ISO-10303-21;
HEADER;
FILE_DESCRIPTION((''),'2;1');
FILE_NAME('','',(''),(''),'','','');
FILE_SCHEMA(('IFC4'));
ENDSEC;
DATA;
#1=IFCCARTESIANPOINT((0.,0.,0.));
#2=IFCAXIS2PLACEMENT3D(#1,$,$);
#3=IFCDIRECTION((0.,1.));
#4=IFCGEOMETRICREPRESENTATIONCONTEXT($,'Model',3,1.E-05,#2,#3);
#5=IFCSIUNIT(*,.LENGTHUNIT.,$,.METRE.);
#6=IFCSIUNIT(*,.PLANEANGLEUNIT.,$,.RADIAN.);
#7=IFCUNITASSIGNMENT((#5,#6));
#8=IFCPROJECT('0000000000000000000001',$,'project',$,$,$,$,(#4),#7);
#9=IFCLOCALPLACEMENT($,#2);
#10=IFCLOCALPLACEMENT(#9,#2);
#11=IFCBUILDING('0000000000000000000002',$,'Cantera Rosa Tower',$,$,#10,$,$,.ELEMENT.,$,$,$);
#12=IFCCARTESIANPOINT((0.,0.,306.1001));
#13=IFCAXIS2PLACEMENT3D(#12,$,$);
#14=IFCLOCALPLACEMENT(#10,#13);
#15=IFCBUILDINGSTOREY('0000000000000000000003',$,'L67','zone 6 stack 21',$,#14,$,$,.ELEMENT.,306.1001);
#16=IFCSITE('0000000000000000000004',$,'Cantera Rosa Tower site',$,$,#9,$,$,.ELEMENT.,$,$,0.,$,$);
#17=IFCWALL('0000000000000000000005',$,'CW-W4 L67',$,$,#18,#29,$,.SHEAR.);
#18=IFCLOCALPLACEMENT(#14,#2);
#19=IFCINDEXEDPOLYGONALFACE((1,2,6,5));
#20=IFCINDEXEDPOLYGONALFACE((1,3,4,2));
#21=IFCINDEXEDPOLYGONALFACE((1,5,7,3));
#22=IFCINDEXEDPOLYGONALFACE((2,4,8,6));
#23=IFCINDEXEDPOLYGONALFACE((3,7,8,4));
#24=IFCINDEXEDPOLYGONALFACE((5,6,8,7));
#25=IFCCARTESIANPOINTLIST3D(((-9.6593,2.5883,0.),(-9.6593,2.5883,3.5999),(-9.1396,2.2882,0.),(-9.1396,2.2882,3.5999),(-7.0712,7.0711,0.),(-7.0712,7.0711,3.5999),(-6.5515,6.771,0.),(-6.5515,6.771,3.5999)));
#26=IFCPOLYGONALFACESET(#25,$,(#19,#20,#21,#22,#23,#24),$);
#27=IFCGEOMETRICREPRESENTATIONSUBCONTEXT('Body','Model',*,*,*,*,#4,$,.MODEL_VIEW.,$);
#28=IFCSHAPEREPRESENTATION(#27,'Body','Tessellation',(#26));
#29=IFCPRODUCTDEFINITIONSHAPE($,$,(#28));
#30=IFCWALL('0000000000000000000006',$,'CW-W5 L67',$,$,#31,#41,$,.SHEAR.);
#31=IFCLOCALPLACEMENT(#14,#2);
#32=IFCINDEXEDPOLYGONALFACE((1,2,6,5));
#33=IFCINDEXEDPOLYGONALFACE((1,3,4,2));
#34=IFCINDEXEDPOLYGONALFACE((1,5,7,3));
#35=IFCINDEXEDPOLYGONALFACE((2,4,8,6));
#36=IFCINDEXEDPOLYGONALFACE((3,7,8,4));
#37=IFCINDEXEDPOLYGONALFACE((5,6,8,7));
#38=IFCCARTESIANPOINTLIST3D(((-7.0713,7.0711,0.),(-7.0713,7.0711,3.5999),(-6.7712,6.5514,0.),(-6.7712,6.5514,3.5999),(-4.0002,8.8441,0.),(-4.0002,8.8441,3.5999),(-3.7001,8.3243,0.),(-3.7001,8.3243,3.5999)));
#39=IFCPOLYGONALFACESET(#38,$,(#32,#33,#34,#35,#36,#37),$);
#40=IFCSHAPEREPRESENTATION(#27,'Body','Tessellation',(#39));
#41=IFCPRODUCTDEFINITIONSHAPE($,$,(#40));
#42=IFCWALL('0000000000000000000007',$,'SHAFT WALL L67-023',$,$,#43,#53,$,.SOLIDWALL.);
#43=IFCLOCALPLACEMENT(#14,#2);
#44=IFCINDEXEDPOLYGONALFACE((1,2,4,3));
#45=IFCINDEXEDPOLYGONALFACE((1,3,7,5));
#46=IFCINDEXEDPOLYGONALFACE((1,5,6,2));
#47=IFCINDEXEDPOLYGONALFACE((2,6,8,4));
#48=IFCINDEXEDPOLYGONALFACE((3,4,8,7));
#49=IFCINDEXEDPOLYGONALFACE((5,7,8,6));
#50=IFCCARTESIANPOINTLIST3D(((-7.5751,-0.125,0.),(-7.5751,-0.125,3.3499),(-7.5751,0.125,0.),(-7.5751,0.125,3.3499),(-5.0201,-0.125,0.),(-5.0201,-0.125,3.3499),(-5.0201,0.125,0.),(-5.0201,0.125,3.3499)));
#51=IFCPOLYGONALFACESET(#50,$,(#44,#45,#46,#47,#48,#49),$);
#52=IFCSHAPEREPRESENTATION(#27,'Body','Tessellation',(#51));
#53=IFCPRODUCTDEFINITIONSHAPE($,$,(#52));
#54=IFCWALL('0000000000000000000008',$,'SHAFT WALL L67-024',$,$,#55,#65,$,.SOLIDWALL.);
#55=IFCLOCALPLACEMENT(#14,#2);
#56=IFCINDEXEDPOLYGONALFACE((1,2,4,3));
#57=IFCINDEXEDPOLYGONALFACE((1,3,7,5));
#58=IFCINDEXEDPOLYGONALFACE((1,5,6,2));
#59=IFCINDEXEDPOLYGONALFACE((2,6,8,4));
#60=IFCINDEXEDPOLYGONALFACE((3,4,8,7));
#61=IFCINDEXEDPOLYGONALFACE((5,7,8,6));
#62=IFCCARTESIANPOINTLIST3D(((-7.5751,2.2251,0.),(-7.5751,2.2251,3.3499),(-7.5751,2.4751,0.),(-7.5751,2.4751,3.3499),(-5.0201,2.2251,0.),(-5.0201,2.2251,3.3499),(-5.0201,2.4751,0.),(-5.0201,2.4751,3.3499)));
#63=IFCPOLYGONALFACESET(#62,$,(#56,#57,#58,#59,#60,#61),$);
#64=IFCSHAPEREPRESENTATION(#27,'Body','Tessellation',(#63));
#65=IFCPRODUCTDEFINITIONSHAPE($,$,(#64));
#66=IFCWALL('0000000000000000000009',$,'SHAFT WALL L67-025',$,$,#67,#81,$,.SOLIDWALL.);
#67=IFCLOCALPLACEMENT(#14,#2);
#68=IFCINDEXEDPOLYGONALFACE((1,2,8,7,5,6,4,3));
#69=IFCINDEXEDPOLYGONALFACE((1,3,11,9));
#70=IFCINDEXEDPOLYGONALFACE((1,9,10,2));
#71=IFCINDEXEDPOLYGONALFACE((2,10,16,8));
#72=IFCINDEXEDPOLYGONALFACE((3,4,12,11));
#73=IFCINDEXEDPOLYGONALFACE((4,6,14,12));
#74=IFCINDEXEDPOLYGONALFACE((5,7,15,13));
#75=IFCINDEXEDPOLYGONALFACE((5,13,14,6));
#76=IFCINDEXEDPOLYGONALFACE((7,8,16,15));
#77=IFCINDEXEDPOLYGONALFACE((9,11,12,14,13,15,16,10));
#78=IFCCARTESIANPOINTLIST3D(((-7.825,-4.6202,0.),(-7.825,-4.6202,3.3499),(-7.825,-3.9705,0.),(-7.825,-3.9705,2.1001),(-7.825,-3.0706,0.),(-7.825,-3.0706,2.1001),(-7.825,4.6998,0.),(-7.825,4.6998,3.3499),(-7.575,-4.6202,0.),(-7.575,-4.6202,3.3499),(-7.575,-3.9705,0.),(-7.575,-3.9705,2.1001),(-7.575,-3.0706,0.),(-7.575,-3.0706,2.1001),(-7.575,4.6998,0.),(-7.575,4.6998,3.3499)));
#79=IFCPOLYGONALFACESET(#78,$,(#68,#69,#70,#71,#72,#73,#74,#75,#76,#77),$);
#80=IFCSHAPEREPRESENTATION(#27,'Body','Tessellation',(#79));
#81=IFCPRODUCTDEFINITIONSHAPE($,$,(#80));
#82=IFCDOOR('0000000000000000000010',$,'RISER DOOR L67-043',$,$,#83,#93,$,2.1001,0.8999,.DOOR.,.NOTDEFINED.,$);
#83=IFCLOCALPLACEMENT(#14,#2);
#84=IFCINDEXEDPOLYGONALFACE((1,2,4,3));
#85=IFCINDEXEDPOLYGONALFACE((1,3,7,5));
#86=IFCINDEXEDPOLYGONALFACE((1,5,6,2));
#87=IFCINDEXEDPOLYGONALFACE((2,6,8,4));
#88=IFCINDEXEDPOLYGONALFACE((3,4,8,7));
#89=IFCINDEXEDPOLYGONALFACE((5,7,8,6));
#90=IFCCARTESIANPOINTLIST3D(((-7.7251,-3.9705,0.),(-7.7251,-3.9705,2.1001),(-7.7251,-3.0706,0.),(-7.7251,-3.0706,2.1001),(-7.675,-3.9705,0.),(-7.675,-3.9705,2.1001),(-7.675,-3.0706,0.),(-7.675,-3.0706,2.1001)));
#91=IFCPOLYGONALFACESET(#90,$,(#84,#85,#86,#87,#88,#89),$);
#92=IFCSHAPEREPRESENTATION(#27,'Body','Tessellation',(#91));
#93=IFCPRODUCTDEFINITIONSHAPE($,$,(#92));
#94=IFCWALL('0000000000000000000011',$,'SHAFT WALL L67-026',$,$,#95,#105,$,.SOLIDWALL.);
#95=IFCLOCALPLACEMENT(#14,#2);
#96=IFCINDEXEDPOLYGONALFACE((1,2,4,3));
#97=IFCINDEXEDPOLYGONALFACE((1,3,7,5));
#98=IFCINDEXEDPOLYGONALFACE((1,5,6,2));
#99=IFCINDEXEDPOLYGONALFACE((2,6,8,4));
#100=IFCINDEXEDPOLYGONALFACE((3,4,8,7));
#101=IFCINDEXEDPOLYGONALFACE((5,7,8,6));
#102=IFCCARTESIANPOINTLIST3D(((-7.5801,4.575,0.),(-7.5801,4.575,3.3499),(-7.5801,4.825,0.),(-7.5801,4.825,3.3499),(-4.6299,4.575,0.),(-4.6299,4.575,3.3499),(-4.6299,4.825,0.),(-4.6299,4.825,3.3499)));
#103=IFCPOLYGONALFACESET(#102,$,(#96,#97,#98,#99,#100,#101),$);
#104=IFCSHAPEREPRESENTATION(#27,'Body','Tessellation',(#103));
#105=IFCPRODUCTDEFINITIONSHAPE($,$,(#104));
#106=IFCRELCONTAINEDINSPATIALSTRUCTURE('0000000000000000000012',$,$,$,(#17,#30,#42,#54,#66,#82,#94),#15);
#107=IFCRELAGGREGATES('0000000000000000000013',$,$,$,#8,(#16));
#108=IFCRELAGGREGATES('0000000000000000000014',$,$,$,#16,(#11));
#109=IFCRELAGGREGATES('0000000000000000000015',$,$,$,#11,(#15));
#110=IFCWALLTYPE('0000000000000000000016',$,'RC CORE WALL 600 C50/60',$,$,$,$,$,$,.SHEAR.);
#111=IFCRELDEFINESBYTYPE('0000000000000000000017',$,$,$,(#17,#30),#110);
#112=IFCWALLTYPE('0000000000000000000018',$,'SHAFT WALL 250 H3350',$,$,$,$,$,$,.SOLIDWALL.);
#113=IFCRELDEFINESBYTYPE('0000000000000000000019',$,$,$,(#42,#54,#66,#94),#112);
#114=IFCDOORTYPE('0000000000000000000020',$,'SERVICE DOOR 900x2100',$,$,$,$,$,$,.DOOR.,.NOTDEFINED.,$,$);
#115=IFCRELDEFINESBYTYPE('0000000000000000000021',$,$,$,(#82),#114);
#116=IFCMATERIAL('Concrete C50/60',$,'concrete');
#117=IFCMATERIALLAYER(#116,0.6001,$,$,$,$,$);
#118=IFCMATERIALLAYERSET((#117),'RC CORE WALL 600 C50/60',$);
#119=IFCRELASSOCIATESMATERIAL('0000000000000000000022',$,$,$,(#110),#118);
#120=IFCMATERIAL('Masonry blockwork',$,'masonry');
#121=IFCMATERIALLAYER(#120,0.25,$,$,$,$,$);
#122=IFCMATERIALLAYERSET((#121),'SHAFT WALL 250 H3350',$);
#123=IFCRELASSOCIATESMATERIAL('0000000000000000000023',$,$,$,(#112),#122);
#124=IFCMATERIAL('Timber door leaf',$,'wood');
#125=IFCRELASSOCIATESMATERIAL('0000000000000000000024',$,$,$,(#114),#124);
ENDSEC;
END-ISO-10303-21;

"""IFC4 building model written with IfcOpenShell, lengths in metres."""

from ifc_helpers import new_model, si_unit, direction, frame, frame_2d, origin, place, context, subcontext, project, spatial, rectangle, extrude, material, layer, layer_set, type_object, element, fill, save


model = new_model("IFC4")

# Units and contexts
model_context = context("Model", 3, precision=1e-05, world=origin(), true_north=direction((0.0, 1.0)))
body_context = subcontext(model_context, "Body", "Model", "MODEL_VIEW")
ifc_project = project(units=[si_unit("LENGTHUNIT", "METRE"), si_unit("PLANEANGLEUNIT", "RADIAN")], contexts=[model_context])

# Site, building, storey
site_placement = place(None, origin())
site = spatial("IfcSite", under=ifc_project, at=site_placement, Name="Cantera Rosa Tower site", CompositionType="ELEMENT", RefElevation=0.0)
building_placement = place(site_placement, origin())
building = spatial("IfcBuilding", under=site, at=building_placement, Name="Cantera Rosa Tower", CompositionType="ELEMENT")
storey_placement = place(building_placement, frame((0.0, 0.0, 306.1001)))
storey = spatial("IfcBuildingStorey", under=building, at=storey_placement, Name="L67", Description="zone 6 stack 21", CompositionType="ELEMENT", Elevation=306.1001)

# Walls
ifc_material_1 = material(Name="Concrete C50/60", Category="concrete")
ifc_layer_1 = layer(ifc_material_1, 0.6001)
ifc_layer_set_1 = layer_set([ifc_layer_1], Name="RC CORE WALL 600 C50/60")
wall_type_1 = type_object("IfcWallType", Name="RC CORE WALL 600 C50/60", PredefinedType="SHEAR", material=ifc_layer_set_1)
wall_1_placement = place(storey_placement, frame((-9.3994, 2.4382, 0.0), z_axis=(0.0, 0.0, 1.0), x_axis=(0.499989, 0.866032, 0.0)))
element("IfcWall", 1, at=wall_1_placement, inside=storey, type_object=wall_type_1, Name="CW-W4 L67", PredefinedType="SHEAR", context=body_context, shape_type="SweptSolid", body=[
    extrude(rectangle(XDim=5.1763, YDim=0.6001, at=frame_2d((2.5881, 0.0))), origin(), (0.0, 0.0, 1.0), 3.5999),
])
wall_2_placement = place(storey_placement, frame((-6.9211, 6.8113, 0.0), z_axis=(0.0, 0.0, 1.0), x_axis=(0.86604, 0.499975, 0.0)))
element("IfcWall", 2, at=wall_2_placement, inside=storey, type_object=wall_type_1, Name="CW-W5 L67", PredefinedType="SHEAR", context=body_context, shape_type="SweptSolid", body=[
    extrude(rectangle(XDim=3.5461, YDim=0.6001, at=frame_2d((1.7729, 0.0))), origin(), (0.0, 0.0, 1.0), 3.5999),
])
ifc_material_2 = material(Name="Masonry blockwork", Category="masonry")
ifc_layer_2 = layer(ifc_material_2, 0.25)
ifc_layer_set_2 = layer_set([ifc_layer_2], Name="SHAFT WALL 250 H3350")
wall_type_2 = type_object("IfcWallType", Name="SHAFT WALL 250 H3350", PredefinedType="SOLIDWALL", material=ifc_layer_set_2)
for number, where, z_axis, x_axis, name in (
    (3, (-7.575, 0.0, 0.0), (0.0, 0.0, 1.0), (1.0, 0.0, 0.0), "SHAFT WALL L67-023"),
    (4, (-7.575, 2.3501, 0.0), (0.0, 0.0, 1.0), (1.0, 0.0, 0.0), "SHAFT WALL L67-024"),
):
    element("IfcWall", number, at=place(storey_placement, frame(where, z_axis=z_axis, x_axis=x_axis)), inside=storey, type_object=wall_type_2, Name=name, PredefinedType="SOLIDWALL", context=body_context, shape_type="SweptSolid", body=[
        extrude(rectangle(XDim=2.5549, YDim=0.25, at=frame_2d((1.2773, 0.0))), origin(), (0.0, 0.0, 1.0), 3.3499),
    ])

# Wall, opening, door
wall_3_placement = place(storey_placement, frame((-7.7, 4.7, 0.0), z_axis=(0.0, 0.0, 1.0), x_axis=(0.0, -1.0, 0.0)))
wall_3 = element("IfcWall", 5, at=wall_3_placement, inside=storey, type_object=wall_type_2, Name="SHAFT WALL L67-025", PredefinedType="SOLIDWALL", context=body_context, shape_type="SweptSolid", body=[
    extrude(rectangle(XDim=9.3201, YDim=0.25, at=frame_2d((4.6602, 0.0))), origin(), (0.0, 0.0, 1.0), 3.3499),
])
opening_1_placement = place(wall_3_placement, frame((7.7705, 0.0, 0.0)))
opening_1 = element("IfcOpeningElement", 6, at=opening_1_placement, cuts=wall_3, PredefinedType="OPENING", context=body_context, shape_type="SweptSolid", body=[
    extrude(rectangle(XDim=0.8999, YDim=2.1001, at=frame_2d((0.45, 1.05))), frame((0.0, 0.135, 0.0), z_axis=(0.0, -1.0, 0.0), x_axis=(1.0, 0.0, 0.0)), (0.0, 0.0, 1.0), 0.27),
])
ifc_material_3 = material(Name="Timber door leaf", Category="wood")
door_type_1 = type_object("IfcDoorType", Name="SERVICE DOOR 900x2100", OperationType="NOTDEFINED", PredefinedType="DOOR", material=ifc_material_3)
door_1_placement = place(opening_1_placement, origin())
door_1 = element("IfcDoor", 7, at=door_1_placement, inside=storey, type_object=door_type_1, Name="RISER DOOR L67-043", OperationType="NOTDEFINED", OverallHeight=2.1001, OverallWidth=0.8999, PredefinedType="DOOR", context=body_context, shape_type="SweptSolid", body=[
    extrude(rectangle(XDim=0.8999, YDim=2.1001, at=frame_2d((0.45, 1.05))), frame((0.0, 0.0249, 0.0), z_axis=(0.0, -1.0, 0.0), x_axis=(1.0, 0.0, 0.0)), (0.0, 0.0, 1.0), 0.05),
])
fill(opening_1, door_1)

# Wall
wall_4_placement = place(storey_placement, frame((-7.5801, 4.7, 0.0), z_axis=(0.0, 0.0, 1.0), x_axis=(1.0, 0.0, 0.0)))
element("IfcWall", 8, at=wall_4_placement, inside=storey, type_object=wall_type_2, Name="SHAFT WALL L67-026", PredefinedType="SOLIDWALL", context=body_context, shape_type="SweptSolid", body=[
    extrude(rectangle(XDim=2.9502, YDim=0.25, at=frame_2d((1.4751, 0.0))), origin(), (0.0, 0.0, 1.0), 3.3499),
])

save(model, "model.ifc")
